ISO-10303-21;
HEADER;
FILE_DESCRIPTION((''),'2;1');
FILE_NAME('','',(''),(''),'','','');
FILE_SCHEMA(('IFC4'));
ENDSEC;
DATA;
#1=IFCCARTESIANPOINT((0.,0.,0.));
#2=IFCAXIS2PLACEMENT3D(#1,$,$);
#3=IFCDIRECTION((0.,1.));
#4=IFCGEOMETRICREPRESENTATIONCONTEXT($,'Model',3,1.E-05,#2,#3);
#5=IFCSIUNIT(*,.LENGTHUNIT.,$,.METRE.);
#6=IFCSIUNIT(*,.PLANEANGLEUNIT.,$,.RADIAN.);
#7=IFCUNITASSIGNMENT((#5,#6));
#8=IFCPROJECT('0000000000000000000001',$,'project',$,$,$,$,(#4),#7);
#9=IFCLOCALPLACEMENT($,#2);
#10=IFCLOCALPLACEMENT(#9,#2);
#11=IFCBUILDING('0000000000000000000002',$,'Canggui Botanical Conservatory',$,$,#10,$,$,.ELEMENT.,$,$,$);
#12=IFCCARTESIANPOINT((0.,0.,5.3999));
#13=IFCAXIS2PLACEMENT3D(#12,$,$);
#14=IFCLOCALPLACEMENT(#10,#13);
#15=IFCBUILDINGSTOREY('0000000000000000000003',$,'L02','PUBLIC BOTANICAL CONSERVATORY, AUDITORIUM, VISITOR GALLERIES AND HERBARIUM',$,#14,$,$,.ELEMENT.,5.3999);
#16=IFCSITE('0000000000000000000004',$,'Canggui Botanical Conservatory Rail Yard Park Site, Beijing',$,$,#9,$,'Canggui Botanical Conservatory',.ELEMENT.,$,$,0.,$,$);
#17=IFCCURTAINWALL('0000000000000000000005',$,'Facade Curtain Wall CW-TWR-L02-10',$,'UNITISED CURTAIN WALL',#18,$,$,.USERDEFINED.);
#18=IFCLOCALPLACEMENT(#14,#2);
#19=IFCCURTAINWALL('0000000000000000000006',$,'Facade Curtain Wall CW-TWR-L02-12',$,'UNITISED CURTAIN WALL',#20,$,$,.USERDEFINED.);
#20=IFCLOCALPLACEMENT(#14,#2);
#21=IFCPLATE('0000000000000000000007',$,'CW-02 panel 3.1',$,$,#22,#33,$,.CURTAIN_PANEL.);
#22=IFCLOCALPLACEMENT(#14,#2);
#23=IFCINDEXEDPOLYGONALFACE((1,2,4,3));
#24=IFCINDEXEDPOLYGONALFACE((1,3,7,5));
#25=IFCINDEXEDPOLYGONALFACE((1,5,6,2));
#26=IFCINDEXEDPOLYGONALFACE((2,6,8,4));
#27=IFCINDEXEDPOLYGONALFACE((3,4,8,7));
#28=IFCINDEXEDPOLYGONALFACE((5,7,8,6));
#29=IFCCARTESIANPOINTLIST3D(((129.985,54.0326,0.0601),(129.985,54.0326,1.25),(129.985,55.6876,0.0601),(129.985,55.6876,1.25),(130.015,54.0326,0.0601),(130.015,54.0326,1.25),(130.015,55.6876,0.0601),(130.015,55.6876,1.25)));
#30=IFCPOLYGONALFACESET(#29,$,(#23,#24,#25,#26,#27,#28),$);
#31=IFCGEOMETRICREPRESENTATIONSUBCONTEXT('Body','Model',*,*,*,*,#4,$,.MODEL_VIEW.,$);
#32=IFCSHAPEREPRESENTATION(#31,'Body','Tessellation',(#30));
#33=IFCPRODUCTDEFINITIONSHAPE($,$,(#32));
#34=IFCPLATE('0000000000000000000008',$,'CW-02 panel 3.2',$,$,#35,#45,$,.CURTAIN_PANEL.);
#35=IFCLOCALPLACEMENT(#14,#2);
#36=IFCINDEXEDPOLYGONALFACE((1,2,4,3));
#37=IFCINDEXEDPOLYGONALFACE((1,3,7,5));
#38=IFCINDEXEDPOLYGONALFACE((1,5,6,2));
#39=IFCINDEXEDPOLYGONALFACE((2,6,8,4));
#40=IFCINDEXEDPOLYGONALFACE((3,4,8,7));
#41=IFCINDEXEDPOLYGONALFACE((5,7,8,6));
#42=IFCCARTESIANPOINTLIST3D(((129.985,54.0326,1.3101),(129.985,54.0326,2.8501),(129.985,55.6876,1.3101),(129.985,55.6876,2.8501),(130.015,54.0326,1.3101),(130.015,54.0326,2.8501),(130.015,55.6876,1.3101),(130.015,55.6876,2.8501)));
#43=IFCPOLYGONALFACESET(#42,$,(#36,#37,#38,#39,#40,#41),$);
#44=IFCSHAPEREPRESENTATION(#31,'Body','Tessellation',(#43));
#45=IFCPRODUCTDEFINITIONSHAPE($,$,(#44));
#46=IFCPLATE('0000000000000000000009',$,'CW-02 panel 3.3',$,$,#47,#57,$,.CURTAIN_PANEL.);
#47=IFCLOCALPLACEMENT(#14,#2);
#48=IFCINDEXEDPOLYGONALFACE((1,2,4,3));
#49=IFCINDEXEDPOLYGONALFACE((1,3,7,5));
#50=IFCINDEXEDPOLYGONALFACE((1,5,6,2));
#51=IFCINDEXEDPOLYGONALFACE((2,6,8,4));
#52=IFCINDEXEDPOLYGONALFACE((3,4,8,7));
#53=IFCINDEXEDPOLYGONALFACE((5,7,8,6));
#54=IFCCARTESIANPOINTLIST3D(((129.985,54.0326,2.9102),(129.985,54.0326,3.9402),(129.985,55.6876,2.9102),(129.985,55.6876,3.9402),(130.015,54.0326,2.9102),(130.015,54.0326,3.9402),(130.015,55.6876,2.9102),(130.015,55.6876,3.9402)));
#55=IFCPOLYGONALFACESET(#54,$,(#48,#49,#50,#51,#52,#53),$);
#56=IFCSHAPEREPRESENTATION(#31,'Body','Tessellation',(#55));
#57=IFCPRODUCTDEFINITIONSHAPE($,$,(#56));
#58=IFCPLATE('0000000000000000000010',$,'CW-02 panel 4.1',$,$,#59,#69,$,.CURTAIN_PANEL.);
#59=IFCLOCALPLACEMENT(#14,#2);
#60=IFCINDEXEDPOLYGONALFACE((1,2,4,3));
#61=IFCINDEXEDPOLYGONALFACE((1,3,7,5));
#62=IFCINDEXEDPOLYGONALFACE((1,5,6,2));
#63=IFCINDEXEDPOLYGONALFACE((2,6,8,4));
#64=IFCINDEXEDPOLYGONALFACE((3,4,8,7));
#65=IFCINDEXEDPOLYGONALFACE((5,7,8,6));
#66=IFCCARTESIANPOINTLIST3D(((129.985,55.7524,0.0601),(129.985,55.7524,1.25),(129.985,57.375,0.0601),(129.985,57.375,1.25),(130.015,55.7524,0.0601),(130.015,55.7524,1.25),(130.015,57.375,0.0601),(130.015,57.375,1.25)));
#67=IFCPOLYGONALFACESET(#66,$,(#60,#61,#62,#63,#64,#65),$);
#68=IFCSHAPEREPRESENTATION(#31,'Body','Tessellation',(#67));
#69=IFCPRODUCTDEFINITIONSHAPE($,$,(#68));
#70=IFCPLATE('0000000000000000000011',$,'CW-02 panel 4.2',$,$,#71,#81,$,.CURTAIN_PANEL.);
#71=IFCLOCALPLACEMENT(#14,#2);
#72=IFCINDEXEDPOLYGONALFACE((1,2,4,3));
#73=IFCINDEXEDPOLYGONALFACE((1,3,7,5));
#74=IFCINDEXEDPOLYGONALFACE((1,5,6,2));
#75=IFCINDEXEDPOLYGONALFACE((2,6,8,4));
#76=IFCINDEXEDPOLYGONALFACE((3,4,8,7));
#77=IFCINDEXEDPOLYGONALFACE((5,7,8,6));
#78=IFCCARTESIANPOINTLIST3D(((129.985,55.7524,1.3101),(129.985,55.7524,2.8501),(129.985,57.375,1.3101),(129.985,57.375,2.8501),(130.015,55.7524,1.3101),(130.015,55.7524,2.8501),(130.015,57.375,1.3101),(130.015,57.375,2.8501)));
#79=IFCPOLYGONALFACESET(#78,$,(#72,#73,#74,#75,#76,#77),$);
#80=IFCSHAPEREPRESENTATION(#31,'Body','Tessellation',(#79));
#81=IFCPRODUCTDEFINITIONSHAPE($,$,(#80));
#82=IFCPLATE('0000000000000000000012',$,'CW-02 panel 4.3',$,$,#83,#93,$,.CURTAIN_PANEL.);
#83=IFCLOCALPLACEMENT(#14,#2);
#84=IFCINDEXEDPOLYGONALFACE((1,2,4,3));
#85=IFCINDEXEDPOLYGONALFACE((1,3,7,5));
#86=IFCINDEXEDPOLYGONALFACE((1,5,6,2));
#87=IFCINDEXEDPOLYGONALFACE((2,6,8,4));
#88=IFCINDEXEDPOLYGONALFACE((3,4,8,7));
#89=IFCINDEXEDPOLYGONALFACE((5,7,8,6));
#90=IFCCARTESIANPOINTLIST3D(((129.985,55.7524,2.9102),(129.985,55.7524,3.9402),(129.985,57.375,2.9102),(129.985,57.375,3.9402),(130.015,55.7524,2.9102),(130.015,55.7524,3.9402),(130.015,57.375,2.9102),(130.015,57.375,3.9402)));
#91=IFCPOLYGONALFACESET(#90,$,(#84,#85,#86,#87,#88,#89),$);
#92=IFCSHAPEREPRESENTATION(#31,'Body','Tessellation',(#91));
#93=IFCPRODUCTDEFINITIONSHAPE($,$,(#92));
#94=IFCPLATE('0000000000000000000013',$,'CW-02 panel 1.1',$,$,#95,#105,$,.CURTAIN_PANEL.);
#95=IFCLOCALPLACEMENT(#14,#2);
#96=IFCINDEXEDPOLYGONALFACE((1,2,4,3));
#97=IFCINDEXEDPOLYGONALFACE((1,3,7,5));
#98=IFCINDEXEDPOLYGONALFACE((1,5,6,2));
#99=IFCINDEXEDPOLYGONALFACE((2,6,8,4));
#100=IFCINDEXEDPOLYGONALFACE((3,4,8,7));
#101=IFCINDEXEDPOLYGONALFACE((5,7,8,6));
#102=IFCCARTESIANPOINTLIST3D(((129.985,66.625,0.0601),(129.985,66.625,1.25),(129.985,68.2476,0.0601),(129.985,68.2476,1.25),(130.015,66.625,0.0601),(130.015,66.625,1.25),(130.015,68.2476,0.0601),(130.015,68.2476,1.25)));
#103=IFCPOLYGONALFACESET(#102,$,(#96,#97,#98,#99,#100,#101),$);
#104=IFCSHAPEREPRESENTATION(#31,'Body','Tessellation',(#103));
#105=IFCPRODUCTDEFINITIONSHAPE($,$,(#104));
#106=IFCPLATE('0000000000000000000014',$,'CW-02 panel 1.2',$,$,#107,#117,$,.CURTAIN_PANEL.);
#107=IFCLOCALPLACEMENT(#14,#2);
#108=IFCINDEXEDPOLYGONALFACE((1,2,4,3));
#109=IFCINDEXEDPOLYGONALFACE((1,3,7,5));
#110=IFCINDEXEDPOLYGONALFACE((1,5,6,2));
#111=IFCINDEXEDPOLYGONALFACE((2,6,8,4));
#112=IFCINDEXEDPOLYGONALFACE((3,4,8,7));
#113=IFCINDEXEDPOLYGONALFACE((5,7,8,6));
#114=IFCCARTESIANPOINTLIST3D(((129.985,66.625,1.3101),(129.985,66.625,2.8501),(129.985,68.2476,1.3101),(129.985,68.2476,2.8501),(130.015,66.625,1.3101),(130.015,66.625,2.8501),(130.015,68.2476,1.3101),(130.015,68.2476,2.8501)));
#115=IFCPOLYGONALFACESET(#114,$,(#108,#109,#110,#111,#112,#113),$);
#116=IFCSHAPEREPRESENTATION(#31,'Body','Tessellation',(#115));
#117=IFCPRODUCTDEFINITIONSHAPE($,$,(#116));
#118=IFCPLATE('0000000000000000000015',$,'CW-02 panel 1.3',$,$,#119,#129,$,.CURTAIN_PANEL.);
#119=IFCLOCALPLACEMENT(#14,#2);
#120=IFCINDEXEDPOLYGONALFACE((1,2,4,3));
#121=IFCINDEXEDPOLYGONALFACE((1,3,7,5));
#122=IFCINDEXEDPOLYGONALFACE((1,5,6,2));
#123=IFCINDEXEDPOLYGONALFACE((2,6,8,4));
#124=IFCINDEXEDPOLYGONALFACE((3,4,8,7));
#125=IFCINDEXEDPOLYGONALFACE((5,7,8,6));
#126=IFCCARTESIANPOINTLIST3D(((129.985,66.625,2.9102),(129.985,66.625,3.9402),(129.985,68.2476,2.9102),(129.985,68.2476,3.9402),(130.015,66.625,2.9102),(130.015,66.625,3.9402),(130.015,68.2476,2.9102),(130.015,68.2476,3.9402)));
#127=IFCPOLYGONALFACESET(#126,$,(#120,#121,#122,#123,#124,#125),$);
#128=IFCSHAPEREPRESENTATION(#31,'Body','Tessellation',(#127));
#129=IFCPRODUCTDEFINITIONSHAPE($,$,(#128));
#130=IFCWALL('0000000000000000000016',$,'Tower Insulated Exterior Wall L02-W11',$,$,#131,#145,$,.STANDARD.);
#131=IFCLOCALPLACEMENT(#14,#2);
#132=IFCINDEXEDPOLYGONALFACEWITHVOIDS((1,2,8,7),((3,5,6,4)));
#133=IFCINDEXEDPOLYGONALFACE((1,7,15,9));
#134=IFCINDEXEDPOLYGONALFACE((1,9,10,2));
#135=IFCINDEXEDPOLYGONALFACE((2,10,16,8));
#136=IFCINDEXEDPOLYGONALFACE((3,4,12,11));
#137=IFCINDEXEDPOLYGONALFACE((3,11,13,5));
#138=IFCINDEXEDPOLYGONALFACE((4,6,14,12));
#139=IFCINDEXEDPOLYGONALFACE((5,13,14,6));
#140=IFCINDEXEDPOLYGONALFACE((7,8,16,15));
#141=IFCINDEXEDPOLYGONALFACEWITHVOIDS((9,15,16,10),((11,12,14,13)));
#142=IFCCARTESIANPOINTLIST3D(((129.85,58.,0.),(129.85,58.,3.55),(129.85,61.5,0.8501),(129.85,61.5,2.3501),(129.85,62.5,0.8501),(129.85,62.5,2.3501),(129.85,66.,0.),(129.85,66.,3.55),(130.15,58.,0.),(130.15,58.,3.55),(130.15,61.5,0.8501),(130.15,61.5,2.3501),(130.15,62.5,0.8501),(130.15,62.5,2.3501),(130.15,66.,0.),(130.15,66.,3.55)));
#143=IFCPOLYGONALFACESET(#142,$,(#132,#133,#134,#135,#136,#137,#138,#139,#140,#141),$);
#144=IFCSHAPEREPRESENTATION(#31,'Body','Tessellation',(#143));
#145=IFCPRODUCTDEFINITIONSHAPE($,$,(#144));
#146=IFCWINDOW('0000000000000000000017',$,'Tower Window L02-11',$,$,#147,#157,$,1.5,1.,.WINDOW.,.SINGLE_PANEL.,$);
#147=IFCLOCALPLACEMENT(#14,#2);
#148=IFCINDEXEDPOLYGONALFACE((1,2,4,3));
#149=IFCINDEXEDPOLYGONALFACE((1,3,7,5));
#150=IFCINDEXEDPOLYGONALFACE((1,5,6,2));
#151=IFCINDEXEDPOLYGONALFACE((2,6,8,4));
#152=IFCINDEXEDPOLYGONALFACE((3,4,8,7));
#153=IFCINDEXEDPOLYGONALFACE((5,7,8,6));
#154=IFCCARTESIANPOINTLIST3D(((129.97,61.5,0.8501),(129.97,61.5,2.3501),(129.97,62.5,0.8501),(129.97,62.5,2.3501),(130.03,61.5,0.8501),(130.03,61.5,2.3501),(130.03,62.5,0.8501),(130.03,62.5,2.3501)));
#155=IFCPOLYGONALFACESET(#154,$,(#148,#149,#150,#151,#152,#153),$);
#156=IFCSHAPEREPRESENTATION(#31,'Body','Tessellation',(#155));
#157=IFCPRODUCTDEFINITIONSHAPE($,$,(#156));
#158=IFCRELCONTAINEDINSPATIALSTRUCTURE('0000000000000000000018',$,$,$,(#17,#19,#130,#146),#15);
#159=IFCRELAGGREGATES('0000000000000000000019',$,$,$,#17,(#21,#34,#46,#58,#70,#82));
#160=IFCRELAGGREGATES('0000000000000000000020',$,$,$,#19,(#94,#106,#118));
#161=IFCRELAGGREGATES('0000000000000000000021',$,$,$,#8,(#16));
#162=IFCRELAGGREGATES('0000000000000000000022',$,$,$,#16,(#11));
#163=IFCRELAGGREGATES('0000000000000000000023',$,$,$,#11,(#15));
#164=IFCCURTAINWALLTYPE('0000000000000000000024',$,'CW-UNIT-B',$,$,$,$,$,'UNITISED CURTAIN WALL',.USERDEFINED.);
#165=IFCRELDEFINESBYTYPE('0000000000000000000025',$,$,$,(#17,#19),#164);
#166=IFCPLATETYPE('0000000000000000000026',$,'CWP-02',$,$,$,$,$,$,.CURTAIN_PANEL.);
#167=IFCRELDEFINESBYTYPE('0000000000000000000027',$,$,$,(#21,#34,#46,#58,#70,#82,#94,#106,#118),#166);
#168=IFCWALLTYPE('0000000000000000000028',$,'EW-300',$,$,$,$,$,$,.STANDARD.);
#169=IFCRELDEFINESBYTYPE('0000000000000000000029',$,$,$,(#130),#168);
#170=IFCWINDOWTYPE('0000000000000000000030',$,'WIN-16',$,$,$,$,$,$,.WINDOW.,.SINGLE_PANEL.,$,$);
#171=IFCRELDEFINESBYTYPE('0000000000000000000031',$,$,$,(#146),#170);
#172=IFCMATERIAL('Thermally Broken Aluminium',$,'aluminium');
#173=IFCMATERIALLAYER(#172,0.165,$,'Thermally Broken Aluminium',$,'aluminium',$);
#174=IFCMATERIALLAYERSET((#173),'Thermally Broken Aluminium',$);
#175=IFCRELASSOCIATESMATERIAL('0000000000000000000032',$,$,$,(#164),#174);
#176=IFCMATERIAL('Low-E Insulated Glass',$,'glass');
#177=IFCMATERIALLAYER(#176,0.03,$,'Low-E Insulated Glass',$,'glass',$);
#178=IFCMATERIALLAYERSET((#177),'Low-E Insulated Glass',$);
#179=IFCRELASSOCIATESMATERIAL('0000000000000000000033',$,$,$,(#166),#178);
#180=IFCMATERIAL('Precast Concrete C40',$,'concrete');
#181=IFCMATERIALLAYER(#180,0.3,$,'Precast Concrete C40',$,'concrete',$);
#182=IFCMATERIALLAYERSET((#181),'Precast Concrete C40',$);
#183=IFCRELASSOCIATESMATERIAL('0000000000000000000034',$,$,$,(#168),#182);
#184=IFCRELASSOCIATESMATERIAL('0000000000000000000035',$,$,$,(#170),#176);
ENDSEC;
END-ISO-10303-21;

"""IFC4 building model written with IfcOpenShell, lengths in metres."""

from ifc_helpers import new_model, si_unit, direction, frame, frame_2d, origin, origin_2d, place, context, subcontext, project, spatial, rectangle, extrude, material, layer, layer_set, type_object, element, fill, aggregate, save


model = new_model("IFC4")

# Units and contexts
model_context = context("Model", 3, precision=1e-05, world=origin(), true_north=direction((0.0, 1.0)))
body_context = subcontext(model_context, "Body", "Model", "MODEL_VIEW")
ifc_project = project(units=[si_unit("LENGTHUNIT", "METRE"), si_unit("PLANEANGLEUNIT", "RADIAN")], contexts=[model_context])

# Site, building, storey
site_placement = place(None, origin())
site = spatial("IfcSite", under=ifc_project, at=site_placement, Name="Canggui Botanical Conservatory Rail Yard Park Site, Beijing", LongName="Canggui Botanical Conservatory", CompositionType="ELEMENT", RefElevation=0.0)
building_placement = place(site_placement, origin())
building = spatial("IfcBuilding", under=site, at=building_placement, Name="Canggui Botanical Conservatory", CompositionType="ELEMENT")
storey_placement = place(building_placement, frame((0.0, 0.0, 5.3999)))
storey = spatial("IfcBuildingStorey", under=building, at=storey_placement, Name="L02", Description="PUBLIC BOTANICAL CONSERVATORY, AUDITORIUM, VISITOR GALLERIES AND HERBARIUM", CompositionType="ELEMENT", Elevation=5.3999)

# Curtain walls
ifc_material_1 = material(Name="Thermally Broken Aluminium", Category="aluminium")
ifc_layer_1 = layer(ifc_material_1, 0.165, Name="Thermally Broken Aluminium", Category="aluminium")
ifc_layer_set_1 = layer_set([ifc_layer_1], Name="Thermally Broken Aluminium")
curtain_wall_type = type_object("IfcCurtainWallType", Name="CW-UNIT-B", ElementType="UNITISED CURTAIN WALL", PredefinedType="USERDEFINED", material=ifc_layer_set_1)
curtain_wall_1_placement = place(storey_placement, origin())
curtain_wall_1 = element("IfcCurtainWall", 1, at=curtain_wall_1_placement, inside=storey, type_object=curtain_wall_type, Name="Facade Curtain Wall CW-TWR-L02-10", ObjectType="UNITISED CURTAIN WALL", PredefinedType="USERDEFINED")
curtain_wall_2_placement = place(storey_placement, origin())
curtain_wall_2 = element("IfcCurtainWall", 2, at=curtain_wall_2_placement, inside=storey, type_object=curtain_wall_type, Name="Facade Curtain Wall CW-TWR-L02-12", ObjectType="UNITISED CURTAIN WALL", PredefinedType="USERDEFINED")

# Plates
ifc_material_2 = material(Name="Low-E Insulated Glass", Category="glass")
ifc_layer_2 = layer(ifc_material_2, 0.03, Name="Low-E Insulated Glass", Category="glass")
ifc_layer_set_2 = layer_set([ifc_layer_2], Name="Low-E Insulated Glass")
plate_type = type_object("IfcPlateType", Name="CWP-02", PredefinedType="CURTAIN_PANEL", material=ifc_layer_set_2)
plate_1_placement = place(storey_placement, frame((130.0, 54.8601, 0.0601), z_axis=(0.0, 0.0, 1.0), x_axis=(0.0, 1.0, 0.0)))
plate_1 = element("IfcPlate", 3, at=plate_1_placement, type_object=plate_type, Name="CW-02 panel 3.1", PredefinedType="CURTAIN_PANEL", context=body_context, shape_type="SweptSolid", body=[
    extrude(rectangle(XDim=1.655, YDim=0.03, at=origin_2d()), origin(), (0.0, 0.0, 1.0), 1.1899),
])
plate_2_placement = place(storey_placement, frame((130.0, 54.8601, 1.3101), z_axis=(0.0, 0.0, 1.0), x_axis=(0.0, 1.0, 0.0)))
plate_2 = element("IfcPlate", 4, at=plate_2_placement, type_object=plate_type, Name="CW-02 panel 3.2", PredefinedType="CURTAIN_PANEL", context=body_context, shape_type="SweptSolid", body=[
    extrude(rectangle(XDim=1.655, YDim=0.03, at=origin_2d()), origin(), (0.0, 0.0, 1.0), 1.54),
])
plate_3_placement = place(storey_placement, frame((130.0, 54.8601, 2.9102), z_axis=(0.0, 0.0, 1.0), x_axis=(0.0, 1.0, 0.0)))
plate_3 = element("IfcPlate", 5, at=plate_3_placement, type_object=plate_type, Name="CW-02 panel 3.3", PredefinedType="CURTAIN_PANEL", context=body_context, shape_type="SweptSolid", body=[
    extrude(rectangle(XDim=1.655, YDim=0.03, at=origin_2d()), origin(), (0.0, 0.0, 1.0), 1.03),
])
plate_4_placement = place(storey_placement, frame((130.0, 56.5637, 0.0601), z_axis=(0.0, 0.0, 1.0), x_axis=(0.0, 1.0, 0.0)))
plate_4 = element("IfcPlate", 6, at=plate_4_placement, type_object=plate_type, Name="CW-02 panel 4.1", PredefinedType="CURTAIN_PANEL", context=body_context, shape_type="SweptSolid", body=[
    extrude(rectangle(XDim=1.6226, YDim=0.03, at=origin_2d()), origin(), (0.0, 0.0, 1.0), 1.1899),
])
plate_5_placement = place(storey_placement, frame((130.0, 56.5637, 1.3101), z_axis=(0.0, 0.0, 1.0), x_axis=(0.0, 1.0, 0.0)))
plate_5 = element("IfcPlate", 7, at=plate_5_placement, type_object=plate_type, Name="CW-02 panel 4.2", PredefinedType="CURTAIN_PANEL", context=body_context, shape_type="SweptSolid", body=[
    extrude(rectangle(XDim=1.6226, YDim=0.03, at=origin_2d()), origin(), (0.0, 0.0, 1.0), 1.54),
])
plate_6_placement = place(storey_placement, frame((130.0, 56.5637, 2.9102), z_axis=(0.0, 0.0, 1.0), x_axis=(0.0, 1.0, 0.0)))
plate_6 = element("IfcPlate", 8, at=plate_6_placement, type_object=plate_type, Name="CW-02 panel 4.3", PredefinedType="CURTAIN_PANEL", context=body_context, shape_type="SweptSolid", body=[
    extrude(rectangle(XDim=1.6226, YDim=0.03, at=origin_2d()), origin(), (0.0, 0.0, 1.0), 1.03),
])
aggregate(curtain_wall_1, [plate_1, plate_2, plate_3, plate_4, plate_5, plate_6])
plate_7_placement = place(storey_placement, frame((130.0, 67.4363, 0.0601), z_axis=(0.0, 0.0, 1.0), x_axis=(0.0, 1.0, 0.0)))
plate_7 = element("IfcPlate", 9, at=plate_7_placement, type_object=plate_type, Name="CW-02 panel 1.1", PredefinedType="CURTAIN_PANEL", context=body_context, shape_type="SweptSolid", body=[
    extrude(rectangle(XDim=1.6226, YDim=0.03, at=origin_2d()), origin(), (0.0, 0.0, 1.0), 1.1899),
])
plate_8_placement = place(storey_placement, frame((130.0, 67.4363, 1.3101), z_axis=(0.0, 0.0, 1.0), x_axis=(0.0, 1.0, 0.0)))
plate_8 = element("IfcPlate", 10, at=plate_8_placement, type_object=plate_type, Name="CW-02 panel 1.2", PredefinedType="CURTAIN_PANEL", context=body_context, shape_type="SweptSolid", body=[
    extrude(rectangle(XDim=1.6226, YDim=0.03, at=origin_2d()), origin(), (0.0, 0.0, 1.0), 1.54),
])
plate_9_placement = place(storey_placement, frame((130.0, 67.4363, 2.9102), z_axis=(0.0, 0.0, 1.0), x_axis=(0.0, 1.0, 0.0)))
plate_9 = element("IfcPlate", 11, at=plate_9_placement, type_object=plate_type, Name="CW-02 panel 1.3", PredefinedType="CURTAIN_PANEL", context=body_context, shape_type="SweptSolid", body=[
    extrude(rectangle(XDim=1.6226, YDim=0.03, at=origin_2d()), origin(), (0.0, 0.0, 1.0), 1.03),
])
aggregate(curtain_wall_2, [plate_7, plate_8, plate_9])

# Wall, opening, window
ifc_material_3 = material(Name="Precast Concrete C40", Category="concrete")
ifc_layer_3 = layer(ifc_material_3, 0.3, Name="Precast Concrete C40", Category="concrete")
ifc_layer_set_3 = layer_set([ifc_layer_3], Name="Precast Concrete C40")
wall_type = type_object("IfcWallType", Name="EW-300", PredefinedType="STANDARD", material=ifc_layer_set_3)
wall_placement = place(storey_placement, frame((130.0, 58.0, 0.0), z_axis=(0.0, 0.0, 1.0), x_axis=(0.0, 1.0, 0.0)))
wall = element("IfcWall", 12, at=wall_placement, inside=storey, type_object=wall_type, Name="Tower Insulated Exterior Wall L02-W11", PredefinedType="STANDARD", context=body_context, shape_type="SweptSolid", body=[
    extrude(rectangle(XDim=8.0, YDim=0.3, at=frame_2d((4.0, 0.0))), origin(), (0.0, 0.0, 1.0), 3.55),
])
opening_placement = place(wall_placement, frame((3.5, 0.0, 0.8501)))
opening = element("IfcOpeningElement", 13, at=opening_placement, cuts=wall, PredefinedType="OPENING", context=body_context, shape_type="SweptSolid", body=[
    extrude(rectangle(XDim=1.0, YDim=1.5, at=frame_2d((0.5, 0.75))), frame((0.0, 0.1602, 0.0), z_axis=(0.0, -1.0, 0.0), x_axis=(1.0, 0.0, 0.0)), (0.0, 0.0, 1.0), 0.3201),
])
window_type = type_object("IfcWindowType", Name="WIN-16", PartitioningType="SINGLE_PANEL", PredefinedType="WINDOW", material=ifc_material_2)
window_placement = place(opening_placement, origin())
window = element("IfcWindow", 14, at=window_placement, inside=storey, type_object=window_type, Name="Tower Window L02-11", OverallHeight=1.5, OverallWidth=1.0, PartitioningType="SINGLE_PANEL", PredefinedType="WINDOW", context=body_context, shape_type="SweptSolid", body=[
    extrude(rectangle(XDim=1.0, YDim=1.5, at=frame_2d((0.5, 0.75))), frame((0.0, 0.03, 0.0), z_axis=(0.0, -1.0, 0.0), x_axis=(1.0, 0.0, 0.0)), (0.0, 0.0, 1.0), 0.0601),
])
fill(opening, window)

save(model, "model.ifc")
